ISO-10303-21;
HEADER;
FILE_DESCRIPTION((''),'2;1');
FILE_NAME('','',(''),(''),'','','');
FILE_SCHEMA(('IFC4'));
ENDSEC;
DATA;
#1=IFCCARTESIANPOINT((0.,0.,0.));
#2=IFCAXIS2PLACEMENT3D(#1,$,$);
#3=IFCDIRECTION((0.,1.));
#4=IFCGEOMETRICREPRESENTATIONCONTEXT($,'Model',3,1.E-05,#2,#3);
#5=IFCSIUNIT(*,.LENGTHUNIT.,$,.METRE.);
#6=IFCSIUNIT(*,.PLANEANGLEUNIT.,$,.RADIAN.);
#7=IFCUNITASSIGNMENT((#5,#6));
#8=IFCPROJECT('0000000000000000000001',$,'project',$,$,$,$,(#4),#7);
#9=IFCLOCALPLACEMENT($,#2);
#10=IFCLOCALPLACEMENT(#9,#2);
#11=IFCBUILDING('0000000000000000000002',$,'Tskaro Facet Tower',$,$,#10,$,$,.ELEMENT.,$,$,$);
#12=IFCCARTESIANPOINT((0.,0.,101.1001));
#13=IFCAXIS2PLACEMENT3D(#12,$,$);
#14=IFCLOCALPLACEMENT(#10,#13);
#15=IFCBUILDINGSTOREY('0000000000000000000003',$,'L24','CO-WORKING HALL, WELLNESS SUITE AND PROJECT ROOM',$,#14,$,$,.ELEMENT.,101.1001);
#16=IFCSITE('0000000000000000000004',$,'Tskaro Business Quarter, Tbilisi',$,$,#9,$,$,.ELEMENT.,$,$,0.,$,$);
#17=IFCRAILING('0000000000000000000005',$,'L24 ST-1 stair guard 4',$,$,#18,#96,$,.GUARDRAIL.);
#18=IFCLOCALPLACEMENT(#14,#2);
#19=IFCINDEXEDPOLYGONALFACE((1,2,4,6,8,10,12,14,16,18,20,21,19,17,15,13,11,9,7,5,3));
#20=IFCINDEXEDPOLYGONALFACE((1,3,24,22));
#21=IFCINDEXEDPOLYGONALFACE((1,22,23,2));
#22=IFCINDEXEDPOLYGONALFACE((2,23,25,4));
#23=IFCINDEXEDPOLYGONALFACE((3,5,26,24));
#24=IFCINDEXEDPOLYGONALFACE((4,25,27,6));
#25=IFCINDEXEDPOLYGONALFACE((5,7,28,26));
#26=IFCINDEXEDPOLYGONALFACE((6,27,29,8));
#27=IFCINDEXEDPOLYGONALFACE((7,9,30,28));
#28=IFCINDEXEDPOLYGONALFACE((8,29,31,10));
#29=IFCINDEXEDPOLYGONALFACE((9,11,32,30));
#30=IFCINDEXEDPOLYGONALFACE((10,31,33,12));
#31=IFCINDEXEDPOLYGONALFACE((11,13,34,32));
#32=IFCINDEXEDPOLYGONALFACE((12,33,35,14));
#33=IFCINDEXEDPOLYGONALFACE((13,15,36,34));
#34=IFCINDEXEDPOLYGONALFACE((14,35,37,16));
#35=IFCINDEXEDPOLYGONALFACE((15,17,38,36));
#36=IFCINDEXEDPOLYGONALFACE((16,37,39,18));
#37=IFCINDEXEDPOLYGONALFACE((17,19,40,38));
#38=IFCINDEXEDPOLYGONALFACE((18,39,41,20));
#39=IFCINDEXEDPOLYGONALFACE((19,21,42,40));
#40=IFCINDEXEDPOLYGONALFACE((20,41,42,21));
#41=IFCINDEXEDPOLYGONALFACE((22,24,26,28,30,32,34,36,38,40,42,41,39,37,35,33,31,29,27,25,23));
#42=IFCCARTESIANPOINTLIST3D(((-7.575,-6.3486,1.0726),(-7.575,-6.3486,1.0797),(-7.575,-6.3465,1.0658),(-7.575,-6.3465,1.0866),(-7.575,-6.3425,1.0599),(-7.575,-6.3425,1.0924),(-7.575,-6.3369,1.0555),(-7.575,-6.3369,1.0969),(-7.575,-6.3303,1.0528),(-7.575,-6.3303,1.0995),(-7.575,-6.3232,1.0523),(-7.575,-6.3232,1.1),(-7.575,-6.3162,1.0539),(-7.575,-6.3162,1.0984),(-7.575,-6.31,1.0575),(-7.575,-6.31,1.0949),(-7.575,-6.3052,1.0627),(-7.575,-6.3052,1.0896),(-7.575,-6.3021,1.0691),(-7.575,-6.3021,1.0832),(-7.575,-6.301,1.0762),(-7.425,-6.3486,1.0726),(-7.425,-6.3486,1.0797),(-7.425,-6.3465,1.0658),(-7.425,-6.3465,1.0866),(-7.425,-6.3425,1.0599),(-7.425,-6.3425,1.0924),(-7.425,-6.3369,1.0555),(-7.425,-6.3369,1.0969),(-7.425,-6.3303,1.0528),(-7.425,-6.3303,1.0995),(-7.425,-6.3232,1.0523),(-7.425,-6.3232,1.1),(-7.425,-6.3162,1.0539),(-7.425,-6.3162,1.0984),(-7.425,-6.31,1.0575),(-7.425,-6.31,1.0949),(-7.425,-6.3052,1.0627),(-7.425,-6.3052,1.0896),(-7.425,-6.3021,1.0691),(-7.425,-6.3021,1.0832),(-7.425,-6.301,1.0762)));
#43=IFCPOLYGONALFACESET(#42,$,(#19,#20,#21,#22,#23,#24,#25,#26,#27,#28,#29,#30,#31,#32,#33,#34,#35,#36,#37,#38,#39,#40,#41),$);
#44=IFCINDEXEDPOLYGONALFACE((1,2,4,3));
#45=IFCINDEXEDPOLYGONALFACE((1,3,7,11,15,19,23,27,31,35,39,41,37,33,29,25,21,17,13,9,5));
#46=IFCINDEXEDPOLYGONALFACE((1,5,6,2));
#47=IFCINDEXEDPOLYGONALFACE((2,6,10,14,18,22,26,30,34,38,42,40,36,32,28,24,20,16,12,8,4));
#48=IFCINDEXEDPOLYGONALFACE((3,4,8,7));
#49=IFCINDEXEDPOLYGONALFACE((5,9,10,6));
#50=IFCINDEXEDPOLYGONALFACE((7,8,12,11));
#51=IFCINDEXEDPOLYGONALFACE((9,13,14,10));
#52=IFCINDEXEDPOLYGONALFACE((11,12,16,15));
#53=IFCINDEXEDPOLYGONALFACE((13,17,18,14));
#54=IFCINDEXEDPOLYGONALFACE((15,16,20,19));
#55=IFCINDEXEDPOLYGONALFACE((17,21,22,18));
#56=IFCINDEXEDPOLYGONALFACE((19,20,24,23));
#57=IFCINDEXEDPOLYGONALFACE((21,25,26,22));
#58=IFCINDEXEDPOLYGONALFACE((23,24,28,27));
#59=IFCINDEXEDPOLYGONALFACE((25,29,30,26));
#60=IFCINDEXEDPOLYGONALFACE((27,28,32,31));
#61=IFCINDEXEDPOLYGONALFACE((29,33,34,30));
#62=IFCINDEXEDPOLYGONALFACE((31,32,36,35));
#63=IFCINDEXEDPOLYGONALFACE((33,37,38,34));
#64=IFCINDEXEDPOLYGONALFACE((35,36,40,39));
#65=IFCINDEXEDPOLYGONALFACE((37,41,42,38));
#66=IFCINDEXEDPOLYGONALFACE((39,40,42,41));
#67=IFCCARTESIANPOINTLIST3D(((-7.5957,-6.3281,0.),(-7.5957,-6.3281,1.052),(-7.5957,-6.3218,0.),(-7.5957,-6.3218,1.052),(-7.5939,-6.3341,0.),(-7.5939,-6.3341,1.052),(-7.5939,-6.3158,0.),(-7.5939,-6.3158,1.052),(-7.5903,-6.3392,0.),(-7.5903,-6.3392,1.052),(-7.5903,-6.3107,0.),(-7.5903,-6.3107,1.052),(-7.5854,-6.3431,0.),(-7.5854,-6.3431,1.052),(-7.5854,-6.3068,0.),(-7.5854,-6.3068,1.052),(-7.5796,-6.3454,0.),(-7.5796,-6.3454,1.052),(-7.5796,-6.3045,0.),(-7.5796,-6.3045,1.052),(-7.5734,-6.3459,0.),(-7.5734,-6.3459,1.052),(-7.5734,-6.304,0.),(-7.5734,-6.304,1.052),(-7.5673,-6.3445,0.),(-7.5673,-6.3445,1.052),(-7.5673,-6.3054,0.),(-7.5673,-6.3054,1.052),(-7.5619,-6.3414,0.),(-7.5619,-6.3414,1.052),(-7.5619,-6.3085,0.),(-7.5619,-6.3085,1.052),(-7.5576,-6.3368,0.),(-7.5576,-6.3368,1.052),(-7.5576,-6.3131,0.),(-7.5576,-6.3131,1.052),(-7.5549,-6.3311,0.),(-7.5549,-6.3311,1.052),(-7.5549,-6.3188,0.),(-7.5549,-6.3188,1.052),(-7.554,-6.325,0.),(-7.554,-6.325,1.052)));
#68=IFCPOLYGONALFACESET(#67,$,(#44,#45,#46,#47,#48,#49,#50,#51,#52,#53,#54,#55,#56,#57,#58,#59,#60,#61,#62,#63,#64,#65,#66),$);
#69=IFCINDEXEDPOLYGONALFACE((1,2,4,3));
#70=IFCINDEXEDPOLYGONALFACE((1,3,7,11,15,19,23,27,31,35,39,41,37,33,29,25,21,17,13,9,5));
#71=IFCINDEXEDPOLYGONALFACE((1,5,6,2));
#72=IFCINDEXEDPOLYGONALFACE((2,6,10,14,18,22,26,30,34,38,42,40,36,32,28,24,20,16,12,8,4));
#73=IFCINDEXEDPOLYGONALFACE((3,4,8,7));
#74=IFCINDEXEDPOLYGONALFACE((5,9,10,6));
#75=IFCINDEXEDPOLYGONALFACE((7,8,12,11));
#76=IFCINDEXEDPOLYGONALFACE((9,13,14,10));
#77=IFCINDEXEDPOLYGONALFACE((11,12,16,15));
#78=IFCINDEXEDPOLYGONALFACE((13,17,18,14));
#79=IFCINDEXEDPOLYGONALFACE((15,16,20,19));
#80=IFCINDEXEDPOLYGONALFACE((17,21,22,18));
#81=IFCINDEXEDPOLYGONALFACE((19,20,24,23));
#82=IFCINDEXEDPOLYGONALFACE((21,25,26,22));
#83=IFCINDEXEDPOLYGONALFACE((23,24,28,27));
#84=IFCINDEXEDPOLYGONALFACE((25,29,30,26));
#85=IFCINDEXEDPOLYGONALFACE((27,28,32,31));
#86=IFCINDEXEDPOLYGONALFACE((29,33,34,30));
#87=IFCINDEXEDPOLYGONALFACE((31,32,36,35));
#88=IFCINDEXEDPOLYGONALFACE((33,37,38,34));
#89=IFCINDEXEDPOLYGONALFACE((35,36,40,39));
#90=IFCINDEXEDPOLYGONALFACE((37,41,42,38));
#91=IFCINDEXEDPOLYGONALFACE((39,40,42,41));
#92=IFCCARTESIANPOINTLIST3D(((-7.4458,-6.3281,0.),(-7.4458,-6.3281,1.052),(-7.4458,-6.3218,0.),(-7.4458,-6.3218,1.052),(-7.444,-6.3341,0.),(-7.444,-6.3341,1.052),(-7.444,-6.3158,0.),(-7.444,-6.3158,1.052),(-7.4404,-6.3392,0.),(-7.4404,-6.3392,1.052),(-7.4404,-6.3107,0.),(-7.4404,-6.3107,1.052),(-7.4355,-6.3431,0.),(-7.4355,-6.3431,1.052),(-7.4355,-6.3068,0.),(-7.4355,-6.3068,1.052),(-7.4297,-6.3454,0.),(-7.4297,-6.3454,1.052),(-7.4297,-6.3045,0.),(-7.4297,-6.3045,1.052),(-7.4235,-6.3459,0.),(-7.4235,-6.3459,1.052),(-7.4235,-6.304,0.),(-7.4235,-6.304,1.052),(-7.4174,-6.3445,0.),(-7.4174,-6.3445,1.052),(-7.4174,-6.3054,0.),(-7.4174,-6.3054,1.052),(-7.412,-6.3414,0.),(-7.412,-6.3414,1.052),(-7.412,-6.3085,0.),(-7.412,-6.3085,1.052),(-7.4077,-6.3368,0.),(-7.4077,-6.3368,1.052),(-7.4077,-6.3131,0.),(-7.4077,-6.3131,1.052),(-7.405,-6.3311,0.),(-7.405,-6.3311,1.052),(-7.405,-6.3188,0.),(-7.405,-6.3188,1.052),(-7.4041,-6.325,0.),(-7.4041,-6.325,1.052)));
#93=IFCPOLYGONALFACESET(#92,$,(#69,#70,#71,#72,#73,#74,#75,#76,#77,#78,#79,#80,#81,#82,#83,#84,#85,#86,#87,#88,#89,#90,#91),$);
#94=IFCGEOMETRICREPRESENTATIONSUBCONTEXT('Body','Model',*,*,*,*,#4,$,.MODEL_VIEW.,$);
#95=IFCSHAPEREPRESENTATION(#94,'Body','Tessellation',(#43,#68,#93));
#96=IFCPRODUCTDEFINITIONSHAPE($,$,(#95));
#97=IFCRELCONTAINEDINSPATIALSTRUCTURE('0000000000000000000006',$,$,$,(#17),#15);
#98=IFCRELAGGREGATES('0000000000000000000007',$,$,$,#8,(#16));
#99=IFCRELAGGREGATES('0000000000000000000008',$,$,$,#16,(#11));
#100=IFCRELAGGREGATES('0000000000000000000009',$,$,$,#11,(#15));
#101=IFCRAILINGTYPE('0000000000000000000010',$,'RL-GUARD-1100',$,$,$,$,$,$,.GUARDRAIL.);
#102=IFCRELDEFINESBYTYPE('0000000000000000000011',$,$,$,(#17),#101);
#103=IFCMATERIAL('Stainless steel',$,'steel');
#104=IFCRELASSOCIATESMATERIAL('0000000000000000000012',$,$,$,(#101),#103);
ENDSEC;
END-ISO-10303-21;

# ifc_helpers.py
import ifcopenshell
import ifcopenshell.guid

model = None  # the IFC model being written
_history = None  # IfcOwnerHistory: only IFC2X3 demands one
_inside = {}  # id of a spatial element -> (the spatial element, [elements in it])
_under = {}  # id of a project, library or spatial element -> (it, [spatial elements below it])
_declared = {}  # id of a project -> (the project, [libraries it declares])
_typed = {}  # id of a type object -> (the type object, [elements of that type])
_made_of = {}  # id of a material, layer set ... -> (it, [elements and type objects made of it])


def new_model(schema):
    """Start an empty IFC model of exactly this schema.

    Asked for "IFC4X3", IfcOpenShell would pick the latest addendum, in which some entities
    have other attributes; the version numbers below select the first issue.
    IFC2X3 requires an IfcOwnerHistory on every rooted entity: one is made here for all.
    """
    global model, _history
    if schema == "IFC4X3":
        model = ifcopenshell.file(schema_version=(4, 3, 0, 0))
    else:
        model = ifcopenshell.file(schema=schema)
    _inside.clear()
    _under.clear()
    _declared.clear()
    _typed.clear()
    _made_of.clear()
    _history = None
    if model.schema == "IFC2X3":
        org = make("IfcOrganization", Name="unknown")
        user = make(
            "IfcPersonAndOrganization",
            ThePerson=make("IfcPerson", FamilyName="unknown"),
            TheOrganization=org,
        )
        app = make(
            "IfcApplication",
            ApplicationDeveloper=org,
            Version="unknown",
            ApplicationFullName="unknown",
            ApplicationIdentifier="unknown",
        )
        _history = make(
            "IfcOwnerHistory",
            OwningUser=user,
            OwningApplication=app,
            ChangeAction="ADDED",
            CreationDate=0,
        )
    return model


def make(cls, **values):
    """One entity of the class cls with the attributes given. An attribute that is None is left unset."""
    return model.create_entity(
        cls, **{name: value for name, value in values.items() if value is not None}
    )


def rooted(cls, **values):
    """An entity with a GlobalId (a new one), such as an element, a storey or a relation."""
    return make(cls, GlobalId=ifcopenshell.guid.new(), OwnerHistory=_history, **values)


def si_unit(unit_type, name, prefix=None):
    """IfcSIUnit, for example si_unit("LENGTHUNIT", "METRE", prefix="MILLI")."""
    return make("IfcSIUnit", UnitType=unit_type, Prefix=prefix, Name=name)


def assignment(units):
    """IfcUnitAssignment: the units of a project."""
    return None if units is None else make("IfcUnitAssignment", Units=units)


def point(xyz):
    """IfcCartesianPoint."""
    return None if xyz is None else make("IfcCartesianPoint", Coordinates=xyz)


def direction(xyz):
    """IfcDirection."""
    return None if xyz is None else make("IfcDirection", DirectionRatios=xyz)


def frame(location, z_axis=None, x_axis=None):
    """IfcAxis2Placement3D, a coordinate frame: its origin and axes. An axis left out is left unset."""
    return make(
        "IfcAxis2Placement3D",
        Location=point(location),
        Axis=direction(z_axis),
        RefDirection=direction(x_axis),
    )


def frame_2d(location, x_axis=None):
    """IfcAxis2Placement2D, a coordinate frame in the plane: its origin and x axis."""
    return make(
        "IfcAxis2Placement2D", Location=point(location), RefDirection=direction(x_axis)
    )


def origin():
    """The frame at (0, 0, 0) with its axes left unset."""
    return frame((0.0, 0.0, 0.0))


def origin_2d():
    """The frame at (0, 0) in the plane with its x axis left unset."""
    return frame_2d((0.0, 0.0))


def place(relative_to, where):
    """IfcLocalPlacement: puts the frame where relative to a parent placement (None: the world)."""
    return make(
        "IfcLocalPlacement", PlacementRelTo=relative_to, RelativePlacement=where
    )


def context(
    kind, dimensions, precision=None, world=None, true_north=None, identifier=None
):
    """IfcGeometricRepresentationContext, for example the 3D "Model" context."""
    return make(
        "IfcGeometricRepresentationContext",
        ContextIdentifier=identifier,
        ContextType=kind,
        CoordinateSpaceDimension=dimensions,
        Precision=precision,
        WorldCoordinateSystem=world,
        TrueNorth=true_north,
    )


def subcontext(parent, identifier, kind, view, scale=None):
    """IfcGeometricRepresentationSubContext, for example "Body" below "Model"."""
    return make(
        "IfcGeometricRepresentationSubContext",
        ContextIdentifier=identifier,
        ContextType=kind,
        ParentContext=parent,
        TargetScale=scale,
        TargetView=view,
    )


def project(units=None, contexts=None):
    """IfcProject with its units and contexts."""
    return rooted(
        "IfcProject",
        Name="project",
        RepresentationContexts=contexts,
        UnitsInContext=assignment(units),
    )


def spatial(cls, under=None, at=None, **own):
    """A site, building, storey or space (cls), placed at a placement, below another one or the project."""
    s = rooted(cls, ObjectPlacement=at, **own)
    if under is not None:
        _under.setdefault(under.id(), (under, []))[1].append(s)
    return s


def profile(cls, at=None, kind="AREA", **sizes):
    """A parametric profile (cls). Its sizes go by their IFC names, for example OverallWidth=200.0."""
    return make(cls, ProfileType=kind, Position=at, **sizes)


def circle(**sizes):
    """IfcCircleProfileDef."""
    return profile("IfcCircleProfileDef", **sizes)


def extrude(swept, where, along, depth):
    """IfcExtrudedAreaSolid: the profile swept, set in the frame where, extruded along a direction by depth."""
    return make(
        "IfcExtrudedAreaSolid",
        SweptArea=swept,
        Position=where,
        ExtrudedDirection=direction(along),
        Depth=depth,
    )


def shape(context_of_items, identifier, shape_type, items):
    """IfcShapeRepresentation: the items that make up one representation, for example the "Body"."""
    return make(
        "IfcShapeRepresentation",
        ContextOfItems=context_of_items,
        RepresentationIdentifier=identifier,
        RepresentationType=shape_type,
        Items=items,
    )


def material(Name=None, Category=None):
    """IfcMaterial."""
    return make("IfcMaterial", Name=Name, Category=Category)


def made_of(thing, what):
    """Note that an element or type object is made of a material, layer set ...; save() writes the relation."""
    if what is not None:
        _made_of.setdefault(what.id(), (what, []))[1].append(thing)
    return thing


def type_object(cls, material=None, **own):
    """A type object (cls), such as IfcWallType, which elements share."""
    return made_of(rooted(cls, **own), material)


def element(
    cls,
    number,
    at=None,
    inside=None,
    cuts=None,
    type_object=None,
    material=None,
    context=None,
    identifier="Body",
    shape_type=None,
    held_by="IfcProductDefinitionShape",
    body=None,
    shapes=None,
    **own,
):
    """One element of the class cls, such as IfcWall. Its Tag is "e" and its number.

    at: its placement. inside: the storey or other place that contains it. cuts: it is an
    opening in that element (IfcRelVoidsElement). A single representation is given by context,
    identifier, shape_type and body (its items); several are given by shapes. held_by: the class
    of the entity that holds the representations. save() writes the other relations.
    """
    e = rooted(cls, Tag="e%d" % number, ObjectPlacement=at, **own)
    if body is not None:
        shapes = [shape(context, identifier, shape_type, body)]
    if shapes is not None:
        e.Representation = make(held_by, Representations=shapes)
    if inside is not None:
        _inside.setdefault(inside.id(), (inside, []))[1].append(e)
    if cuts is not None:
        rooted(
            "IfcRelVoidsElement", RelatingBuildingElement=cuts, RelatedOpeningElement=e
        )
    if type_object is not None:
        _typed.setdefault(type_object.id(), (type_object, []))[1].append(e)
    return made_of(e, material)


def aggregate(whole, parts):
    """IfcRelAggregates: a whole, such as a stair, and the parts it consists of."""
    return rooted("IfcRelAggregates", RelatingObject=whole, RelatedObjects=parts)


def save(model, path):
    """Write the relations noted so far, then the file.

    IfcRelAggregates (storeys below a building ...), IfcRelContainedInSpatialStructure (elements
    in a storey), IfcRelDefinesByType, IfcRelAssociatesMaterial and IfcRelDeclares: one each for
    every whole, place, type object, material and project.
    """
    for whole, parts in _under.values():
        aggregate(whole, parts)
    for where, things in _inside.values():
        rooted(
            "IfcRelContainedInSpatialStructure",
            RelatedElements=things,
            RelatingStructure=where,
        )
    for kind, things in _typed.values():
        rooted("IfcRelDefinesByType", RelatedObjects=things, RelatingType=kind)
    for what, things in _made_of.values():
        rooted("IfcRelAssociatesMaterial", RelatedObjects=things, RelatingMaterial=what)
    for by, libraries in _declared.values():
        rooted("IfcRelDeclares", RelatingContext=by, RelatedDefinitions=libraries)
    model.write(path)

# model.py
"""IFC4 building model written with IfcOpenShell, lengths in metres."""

from ifc_helpers import new_model, si_unit, direction, frame, origin, origin_2d, place, context, subcontext, project, spatial, circle, extrude, material, type_object, element, save


model = new_model("IFC4")

# Units and contexts
model_context = context("Model", 3, precision=1e-05, world=origin(), true_north=direction((0.0, 1.0)))
body_context = subcontext(model_context, "Body", "Model", "MODEL_VIEW")
ifc_project = project(units=[si_unit("LENGTHUNIT", "METRE"), si_unit("PLANEANGLEUNIT", "RADIAN")], contexts=[model_context])

# Site, building, storey
site_placement = place(None, origin())
site = spatial("IfcSite", under=ifc_project, at=site_placement, Name="Tskaro Business Quarter, Tbilisi", CompositionType="ELEMENT", RefElevation=0.0)
building_placement = place(site_placement, origin())
building = spatial("IfcBuilding", under=site, at=building_placement, Name="Tskaro Facet Tower", CompositionType="ELEMENT")
storey_placement = place(building_placement, frame((0.0, 0.0, 101.1001)))
storey = spatial("IfcBuildingStorey", under=building, at=storey_placement, Name="L24", Description="CO-WORKING HALL, WELLNESS SUITE AND PROJECT ROOM", CompositionType="ELEMENT", Elevation=101.1001)

# Shared definitions
ifc_material_1 = material(Name="Stainless steel", Category="steel")

# Railing
railing_type_1 = type_object("IfcRailingType", Name="RL-GUARD-1100", PredefinedType="GUARDRAIL", material=ifc_material_1)
railing_1_placement = place(storey_placement, frame((-7.575, -6.325, 0.0)))
element("IfcRailing", 1, at=railing_1_placement, inside=storey, type_object=railing_type_1, Name="L24 ST-1 stair guard 4", PredefinedType="GUARDRAIL", context=body_context, shape_type="SweptSolid", body=[
    extrude(circle(Radius=0.0239, at=origin_2d()), frame((0.0, 0.0, 1.0762), z_axis=(1.0, 0.0, 0.0), x_axis=(0.0, 1.0, 0.0)), (0.0, 0.0, 1.0), 0.1499),
    extrude(circle(Radius=0.021, at=origin_2d()), origin(), (0.0, 0.0, 1.0), 1.052),
    extrude(circle(Radius=0.021, at=origin_2d()), frame((0.1499, 0.0, 0.0)), (0.0, 0.0, 1.0), 1.052),
])

save(model, "model.ifc")
